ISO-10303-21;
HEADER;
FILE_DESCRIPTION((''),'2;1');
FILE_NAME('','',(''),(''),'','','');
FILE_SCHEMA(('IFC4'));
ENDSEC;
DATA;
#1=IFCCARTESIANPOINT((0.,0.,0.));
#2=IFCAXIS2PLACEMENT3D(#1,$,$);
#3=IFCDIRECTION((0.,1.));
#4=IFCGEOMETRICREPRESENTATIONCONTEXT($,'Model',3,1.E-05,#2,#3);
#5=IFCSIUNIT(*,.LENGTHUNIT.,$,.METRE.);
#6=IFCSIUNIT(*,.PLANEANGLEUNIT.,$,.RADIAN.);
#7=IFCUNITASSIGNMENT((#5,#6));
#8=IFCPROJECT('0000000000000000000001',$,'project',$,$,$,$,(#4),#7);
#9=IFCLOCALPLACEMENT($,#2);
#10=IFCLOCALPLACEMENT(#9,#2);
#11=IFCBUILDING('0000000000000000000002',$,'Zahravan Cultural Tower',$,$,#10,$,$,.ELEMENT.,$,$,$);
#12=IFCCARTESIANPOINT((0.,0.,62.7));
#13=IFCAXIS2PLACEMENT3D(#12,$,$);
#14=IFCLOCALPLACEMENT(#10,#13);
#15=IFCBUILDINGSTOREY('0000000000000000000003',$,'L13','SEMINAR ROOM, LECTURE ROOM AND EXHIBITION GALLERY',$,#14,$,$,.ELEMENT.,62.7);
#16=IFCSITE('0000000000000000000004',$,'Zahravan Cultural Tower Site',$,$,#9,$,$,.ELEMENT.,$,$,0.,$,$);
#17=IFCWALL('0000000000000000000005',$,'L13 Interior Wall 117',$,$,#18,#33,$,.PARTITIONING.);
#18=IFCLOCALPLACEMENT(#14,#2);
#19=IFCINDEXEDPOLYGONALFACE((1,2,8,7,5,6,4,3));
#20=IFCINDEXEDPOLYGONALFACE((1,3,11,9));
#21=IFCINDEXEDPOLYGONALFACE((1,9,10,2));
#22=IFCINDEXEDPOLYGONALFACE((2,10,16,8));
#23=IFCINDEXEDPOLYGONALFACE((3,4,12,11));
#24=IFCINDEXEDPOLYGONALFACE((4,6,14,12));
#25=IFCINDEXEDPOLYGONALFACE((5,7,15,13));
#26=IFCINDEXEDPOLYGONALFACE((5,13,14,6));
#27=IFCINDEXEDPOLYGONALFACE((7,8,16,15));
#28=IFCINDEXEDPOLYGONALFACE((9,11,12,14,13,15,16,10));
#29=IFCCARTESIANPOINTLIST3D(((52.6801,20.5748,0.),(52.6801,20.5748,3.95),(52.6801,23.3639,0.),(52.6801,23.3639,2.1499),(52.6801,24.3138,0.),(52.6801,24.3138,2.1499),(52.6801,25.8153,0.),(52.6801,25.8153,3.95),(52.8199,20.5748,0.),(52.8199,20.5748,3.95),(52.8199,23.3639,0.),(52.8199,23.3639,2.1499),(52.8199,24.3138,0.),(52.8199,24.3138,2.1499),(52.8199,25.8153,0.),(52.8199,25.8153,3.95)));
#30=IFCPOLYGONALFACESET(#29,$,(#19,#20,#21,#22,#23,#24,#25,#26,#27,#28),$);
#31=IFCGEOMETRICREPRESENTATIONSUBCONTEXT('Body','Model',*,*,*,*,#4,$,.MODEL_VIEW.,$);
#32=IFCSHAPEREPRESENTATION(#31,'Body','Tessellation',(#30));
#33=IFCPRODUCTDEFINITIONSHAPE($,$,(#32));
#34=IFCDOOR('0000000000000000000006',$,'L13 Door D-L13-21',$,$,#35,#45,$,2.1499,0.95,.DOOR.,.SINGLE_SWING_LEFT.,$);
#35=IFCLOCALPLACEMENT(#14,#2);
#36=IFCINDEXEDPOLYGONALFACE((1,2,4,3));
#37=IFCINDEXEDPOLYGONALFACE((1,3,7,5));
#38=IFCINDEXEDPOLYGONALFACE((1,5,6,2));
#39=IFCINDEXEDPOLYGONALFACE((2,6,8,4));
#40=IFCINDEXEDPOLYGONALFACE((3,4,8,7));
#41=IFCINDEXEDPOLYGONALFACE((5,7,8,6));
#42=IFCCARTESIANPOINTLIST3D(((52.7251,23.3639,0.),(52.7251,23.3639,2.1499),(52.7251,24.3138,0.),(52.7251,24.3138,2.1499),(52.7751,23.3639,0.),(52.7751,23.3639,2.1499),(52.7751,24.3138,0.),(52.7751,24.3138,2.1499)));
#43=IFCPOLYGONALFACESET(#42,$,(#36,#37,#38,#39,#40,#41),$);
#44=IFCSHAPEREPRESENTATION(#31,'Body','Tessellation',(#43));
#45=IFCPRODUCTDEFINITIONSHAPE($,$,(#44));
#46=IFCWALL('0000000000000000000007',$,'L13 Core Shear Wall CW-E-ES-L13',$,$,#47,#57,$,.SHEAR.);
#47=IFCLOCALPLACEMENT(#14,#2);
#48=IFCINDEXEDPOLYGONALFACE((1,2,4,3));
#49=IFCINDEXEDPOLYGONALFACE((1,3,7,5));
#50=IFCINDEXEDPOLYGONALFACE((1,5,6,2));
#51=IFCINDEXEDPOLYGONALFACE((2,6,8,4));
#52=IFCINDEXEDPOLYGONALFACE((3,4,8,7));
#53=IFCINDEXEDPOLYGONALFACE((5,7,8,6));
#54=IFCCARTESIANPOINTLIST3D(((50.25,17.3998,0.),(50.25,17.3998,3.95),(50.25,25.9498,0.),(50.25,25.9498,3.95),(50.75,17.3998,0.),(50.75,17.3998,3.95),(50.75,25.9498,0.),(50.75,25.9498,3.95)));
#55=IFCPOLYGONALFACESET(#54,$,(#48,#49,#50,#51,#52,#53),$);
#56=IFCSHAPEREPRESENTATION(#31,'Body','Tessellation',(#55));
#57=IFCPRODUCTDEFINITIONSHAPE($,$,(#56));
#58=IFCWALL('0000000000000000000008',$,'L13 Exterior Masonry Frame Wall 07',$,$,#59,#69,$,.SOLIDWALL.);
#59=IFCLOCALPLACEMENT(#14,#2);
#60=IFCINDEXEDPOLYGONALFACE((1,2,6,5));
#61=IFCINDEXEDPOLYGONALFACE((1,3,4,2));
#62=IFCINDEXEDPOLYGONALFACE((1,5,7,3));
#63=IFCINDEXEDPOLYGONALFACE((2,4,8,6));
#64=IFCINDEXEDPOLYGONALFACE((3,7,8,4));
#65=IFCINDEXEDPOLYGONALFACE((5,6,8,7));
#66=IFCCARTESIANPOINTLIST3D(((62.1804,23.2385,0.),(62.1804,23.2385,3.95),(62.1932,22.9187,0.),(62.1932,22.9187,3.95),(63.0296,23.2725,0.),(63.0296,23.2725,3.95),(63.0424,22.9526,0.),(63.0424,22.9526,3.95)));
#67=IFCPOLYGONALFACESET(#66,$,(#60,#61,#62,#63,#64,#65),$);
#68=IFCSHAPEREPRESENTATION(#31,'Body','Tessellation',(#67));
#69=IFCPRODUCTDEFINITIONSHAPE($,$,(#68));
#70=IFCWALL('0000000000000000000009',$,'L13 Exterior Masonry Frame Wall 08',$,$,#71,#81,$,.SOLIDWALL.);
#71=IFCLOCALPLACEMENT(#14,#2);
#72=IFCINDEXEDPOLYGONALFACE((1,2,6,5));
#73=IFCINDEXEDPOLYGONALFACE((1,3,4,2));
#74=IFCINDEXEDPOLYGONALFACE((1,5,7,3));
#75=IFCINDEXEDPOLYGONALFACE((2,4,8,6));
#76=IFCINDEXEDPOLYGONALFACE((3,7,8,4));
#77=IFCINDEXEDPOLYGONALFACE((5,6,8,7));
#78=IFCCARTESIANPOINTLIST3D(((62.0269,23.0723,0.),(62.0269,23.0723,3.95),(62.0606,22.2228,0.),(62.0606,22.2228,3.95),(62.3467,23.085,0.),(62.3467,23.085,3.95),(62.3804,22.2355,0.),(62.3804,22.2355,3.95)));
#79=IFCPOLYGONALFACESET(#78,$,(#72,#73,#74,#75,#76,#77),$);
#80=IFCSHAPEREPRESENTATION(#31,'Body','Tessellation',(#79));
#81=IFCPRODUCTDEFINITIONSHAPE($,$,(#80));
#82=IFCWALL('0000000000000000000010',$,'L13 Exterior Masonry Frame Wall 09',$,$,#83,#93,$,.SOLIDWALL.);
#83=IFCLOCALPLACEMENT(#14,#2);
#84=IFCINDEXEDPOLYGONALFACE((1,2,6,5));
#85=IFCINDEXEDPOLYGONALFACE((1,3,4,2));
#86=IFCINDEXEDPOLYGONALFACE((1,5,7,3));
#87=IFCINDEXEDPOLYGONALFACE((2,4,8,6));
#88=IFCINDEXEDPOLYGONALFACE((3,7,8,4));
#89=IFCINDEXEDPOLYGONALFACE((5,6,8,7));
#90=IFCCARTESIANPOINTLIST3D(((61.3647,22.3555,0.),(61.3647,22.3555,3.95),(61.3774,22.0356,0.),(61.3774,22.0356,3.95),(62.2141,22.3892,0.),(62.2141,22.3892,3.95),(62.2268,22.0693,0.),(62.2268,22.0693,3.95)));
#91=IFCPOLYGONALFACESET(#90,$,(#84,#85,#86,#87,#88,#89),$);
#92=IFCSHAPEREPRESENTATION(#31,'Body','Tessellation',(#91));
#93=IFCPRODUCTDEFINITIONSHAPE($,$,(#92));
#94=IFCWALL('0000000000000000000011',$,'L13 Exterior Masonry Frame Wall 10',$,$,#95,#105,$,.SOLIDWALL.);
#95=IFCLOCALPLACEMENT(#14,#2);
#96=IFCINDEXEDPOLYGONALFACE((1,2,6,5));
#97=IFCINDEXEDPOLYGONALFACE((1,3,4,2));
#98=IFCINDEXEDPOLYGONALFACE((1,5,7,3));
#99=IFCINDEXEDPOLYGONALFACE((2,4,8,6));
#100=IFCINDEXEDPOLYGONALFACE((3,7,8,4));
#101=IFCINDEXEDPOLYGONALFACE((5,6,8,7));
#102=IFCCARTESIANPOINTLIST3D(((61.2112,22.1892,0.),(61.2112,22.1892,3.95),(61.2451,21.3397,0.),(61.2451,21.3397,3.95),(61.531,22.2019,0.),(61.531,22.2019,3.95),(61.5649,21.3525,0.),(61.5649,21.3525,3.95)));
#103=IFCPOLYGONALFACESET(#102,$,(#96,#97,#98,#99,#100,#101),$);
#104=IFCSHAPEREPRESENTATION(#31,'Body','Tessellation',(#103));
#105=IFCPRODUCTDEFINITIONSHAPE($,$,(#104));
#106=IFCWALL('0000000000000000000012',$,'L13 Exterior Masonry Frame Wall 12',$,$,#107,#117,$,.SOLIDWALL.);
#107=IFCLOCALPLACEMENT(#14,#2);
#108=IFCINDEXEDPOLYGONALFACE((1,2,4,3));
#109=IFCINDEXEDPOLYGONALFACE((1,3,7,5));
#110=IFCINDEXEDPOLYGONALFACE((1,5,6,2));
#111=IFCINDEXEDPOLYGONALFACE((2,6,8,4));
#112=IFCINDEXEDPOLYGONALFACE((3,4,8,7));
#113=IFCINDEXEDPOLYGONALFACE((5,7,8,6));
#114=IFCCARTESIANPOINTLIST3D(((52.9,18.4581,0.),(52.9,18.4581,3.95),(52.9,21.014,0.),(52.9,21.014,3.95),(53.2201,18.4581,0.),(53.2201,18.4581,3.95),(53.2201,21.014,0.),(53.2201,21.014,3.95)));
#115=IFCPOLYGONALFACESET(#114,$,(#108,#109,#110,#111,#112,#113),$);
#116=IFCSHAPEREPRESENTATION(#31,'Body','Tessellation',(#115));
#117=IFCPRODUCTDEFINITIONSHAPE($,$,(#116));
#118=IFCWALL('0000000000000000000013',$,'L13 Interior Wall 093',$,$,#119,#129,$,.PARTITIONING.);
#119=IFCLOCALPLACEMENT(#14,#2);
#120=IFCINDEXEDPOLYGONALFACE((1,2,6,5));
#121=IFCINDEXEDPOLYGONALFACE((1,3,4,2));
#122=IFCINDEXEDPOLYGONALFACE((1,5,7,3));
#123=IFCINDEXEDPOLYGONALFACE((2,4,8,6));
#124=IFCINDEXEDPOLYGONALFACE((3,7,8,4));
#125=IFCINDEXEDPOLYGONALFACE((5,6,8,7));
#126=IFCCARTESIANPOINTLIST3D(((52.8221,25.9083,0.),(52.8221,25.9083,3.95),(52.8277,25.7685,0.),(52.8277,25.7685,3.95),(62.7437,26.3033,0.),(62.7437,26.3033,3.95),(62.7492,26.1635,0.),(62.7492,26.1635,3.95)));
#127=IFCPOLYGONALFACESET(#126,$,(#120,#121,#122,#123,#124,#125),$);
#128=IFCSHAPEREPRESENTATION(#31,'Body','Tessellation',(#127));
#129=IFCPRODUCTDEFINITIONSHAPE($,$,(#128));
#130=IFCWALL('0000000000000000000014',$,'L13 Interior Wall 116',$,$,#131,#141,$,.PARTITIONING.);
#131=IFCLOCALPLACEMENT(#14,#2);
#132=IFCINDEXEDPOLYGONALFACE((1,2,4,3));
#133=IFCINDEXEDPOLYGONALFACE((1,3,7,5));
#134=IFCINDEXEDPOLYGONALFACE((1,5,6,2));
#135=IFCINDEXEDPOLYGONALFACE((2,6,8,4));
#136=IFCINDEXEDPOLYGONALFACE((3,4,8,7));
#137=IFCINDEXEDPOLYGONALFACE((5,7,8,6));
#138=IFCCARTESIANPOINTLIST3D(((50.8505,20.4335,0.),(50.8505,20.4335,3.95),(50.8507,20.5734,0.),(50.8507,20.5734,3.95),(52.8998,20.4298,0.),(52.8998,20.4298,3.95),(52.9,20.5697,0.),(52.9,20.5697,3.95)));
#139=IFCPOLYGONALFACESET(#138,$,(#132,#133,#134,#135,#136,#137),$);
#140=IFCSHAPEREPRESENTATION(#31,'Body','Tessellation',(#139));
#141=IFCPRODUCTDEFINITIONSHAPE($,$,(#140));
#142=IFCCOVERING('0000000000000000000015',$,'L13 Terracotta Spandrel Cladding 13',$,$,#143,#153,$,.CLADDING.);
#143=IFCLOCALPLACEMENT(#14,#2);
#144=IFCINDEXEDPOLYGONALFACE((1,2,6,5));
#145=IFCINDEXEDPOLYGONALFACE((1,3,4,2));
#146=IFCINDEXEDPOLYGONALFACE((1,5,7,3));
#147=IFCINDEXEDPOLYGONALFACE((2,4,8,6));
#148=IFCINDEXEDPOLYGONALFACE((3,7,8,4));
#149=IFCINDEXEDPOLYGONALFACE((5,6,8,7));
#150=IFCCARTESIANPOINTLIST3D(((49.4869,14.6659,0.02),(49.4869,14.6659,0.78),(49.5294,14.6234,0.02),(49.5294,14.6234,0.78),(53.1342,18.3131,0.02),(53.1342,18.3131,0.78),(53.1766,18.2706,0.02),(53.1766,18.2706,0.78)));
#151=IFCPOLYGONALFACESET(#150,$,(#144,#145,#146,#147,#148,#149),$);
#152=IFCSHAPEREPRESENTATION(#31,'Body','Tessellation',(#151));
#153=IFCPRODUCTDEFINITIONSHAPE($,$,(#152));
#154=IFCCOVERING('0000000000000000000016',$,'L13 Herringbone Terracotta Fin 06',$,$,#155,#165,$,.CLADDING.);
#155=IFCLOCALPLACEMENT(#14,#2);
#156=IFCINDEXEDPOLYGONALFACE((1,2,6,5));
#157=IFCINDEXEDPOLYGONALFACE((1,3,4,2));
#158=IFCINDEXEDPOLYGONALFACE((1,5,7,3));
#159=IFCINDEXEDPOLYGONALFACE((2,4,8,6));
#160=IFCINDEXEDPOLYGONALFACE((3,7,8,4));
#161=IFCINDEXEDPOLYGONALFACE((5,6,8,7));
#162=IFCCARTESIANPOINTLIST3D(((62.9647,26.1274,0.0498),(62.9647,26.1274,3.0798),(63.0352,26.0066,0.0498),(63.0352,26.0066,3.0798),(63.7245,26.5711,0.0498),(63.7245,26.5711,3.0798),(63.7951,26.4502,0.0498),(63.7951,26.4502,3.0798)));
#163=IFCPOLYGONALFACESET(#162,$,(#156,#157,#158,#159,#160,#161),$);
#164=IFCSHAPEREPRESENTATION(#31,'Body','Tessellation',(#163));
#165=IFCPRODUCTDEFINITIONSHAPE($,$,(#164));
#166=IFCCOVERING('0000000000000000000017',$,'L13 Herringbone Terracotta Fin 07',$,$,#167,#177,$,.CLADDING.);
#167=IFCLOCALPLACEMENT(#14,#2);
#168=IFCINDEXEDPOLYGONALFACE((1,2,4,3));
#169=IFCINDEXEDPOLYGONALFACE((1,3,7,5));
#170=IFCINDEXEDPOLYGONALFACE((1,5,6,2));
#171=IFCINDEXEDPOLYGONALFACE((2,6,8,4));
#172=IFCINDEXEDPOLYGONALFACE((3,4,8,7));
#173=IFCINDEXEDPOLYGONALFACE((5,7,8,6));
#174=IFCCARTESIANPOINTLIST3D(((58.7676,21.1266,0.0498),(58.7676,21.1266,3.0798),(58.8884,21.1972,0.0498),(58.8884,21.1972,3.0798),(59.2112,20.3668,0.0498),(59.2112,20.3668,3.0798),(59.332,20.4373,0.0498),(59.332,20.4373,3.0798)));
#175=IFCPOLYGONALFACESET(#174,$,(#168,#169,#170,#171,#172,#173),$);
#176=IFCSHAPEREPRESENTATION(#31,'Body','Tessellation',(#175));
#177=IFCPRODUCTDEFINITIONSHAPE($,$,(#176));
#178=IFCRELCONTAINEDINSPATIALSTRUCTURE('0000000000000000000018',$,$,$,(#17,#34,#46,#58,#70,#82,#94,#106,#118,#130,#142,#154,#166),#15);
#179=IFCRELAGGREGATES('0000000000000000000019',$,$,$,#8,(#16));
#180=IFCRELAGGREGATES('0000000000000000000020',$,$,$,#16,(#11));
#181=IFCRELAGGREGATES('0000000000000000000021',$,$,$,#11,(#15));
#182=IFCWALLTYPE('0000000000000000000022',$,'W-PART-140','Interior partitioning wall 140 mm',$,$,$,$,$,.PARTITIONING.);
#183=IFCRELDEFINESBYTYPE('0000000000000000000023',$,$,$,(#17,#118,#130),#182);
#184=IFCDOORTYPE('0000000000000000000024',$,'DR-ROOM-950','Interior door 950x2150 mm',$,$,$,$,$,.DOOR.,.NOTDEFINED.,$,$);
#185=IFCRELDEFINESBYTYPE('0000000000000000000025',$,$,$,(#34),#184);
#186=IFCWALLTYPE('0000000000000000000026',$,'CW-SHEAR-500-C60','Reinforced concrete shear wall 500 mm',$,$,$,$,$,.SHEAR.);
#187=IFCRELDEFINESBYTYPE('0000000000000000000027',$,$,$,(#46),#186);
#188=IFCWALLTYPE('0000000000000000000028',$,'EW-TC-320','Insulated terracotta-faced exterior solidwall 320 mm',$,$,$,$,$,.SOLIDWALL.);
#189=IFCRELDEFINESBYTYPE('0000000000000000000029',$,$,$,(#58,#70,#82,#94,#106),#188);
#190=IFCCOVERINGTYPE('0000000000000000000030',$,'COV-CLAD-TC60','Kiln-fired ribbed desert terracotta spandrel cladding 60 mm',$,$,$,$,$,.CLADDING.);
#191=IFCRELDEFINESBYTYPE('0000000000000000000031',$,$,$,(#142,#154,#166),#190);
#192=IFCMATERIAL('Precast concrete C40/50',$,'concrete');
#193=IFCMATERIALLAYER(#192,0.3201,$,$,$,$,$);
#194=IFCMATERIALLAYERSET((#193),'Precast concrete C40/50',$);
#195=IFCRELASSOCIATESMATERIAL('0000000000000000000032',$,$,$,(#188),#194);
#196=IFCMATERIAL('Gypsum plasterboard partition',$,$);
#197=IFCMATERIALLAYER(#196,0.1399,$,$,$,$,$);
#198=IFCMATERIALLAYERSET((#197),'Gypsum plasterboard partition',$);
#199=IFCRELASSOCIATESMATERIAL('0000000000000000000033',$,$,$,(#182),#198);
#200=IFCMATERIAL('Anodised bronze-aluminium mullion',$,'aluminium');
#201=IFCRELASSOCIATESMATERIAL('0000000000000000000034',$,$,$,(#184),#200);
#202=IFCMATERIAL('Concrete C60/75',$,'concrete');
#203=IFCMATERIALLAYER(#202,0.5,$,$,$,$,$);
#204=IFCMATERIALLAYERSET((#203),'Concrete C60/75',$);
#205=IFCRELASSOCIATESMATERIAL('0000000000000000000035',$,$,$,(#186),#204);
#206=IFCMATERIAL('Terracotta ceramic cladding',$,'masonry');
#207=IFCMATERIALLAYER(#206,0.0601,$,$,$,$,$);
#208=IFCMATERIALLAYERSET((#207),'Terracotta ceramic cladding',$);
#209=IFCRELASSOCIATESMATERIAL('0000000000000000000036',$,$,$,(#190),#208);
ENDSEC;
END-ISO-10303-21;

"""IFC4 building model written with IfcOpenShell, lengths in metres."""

from ifc_helpers import new_model, si_unit, direction, frame, frame_2d, origin, origin_2d, place, context, subcontext, project, spatial, rectangle, extrude, source, transform, mapped, material, layer, layer_set, type_object, element, fill, save


model = new_model("IFC4")

# Units and contexts
model_context = context("Model", 3, precision=1e-05, world=origin(), true_north=direction((0.0, 1.0)))
body_context = subcontext(model_context, "Body", "Model", "MODEL_VIEW")
ifc_project = project(units=[si_unit("LENGTHUNIT", "METRE"), si_unit("PLANEANGLEUNIT", "RADIAN")], contexts=[model_context])

# Site, building, storey
site_placement = place(None, origin())
site = spatial("IfcSite", under=ifc_project, at=site_placement, Name="Zahravan Cultural Tower Site", CompositionType="ELEMENT", RefElevation=0.0)
building_placement = place(site_placement, origin())
building = spatial("IfcBuilding", under=site, at=building_placement, Name="Zahravan Cultural Tower", CompositionType="ELEMENT")
storey_placement = place(building_placement, frame((0.0, 0.0, 62.7)))
storey = spatial("IfcBuildingStorey", under=building, at=storey_placement, Name="L13", Description="SEMINAR ROOM, LECTURE ROOM AND EXHIBITION GALLERY", CompositionType="ELEMENT", Elevation=62.7)

# Shared definitions
ifc_material_1 = material(Name="Precast concrete C40/50", Category="concrete")
ifc_layer_1 = layer(ifc_material_1, 0.3201)
ifc_layer_set_1 = layer_set([ifc_layer_1], Name="Precast concrete C40/50")
wall_type_1 = type_object("IfcWallType", Name="EW-TC-320", Description="Insulated terracotta-faced exterior solidwall 320 mm", PredefinedType="SOLIDWALL", material=ifc_layer_set_1)

# Wall, opening, door
ifc_material_2 = material(Name="Gypsum plasterboard partition")
ifc_layer_2 = layer(ifc_material_2, 0.1399)
ifc_layer_set_2 = layer_set([ifc_layer_2], Name="Gypsum plasterboard partition")
wall_type_2 = type_object("IfcWallType", Name="W-PART-140", Description="Interior partitioning wall 140 mm", PredefinedType="PARTITIONING", material=ifc_layer_set_2)
ifc_material_3 = material(Name="Anodised bronze-aluminium mullion", Category="aluminium")
door_type = type_object("IfcDoorType", Name="DR-ROOM-950", Description="Interior door 950x2150 mm", OperationType="NOTDEFINED", PredefinedType="DOOR", material=ifc_material_3)
shared_shape_1 = source(origin(), body_context, "Body", "SweptSolid", [
    extrude(rectangle(XDim=0.95, YDim=2.1499, at=frame_2d((0.4751, 1.075))), frame((0.0, 0.0249, 0.0), z_axis=(0.0, -1.0, 0.0), x_axis=(1.0, 0.0, 0.0)), (0.0, 0.0, 1.0), 0.05),
])
wall_1_placement = place(storey_placement, frame((52.75, 20.575, 0.0), z_axis=(0.0, 0.0, 1.0), x_axis=(0.0, 1.0, 0.0)))
wall_1 = element("IfcWall", 1, at=wall_1_placement, inside=storey, type_object=wall_type_2, Name="L13 Interior Wall 117", PredefinedType="PARTITIONING", context=body_context, shape_type="SweptSolid", body=[
    extrude(rectangle(XDim=5.2405, YDim=0.1399, at=frame_2d((2.6201, 0.0))), origin(), (0.0, 0.0, 1.0), 3.95),
])
opening_1_placement = place(wall_1_placement, frame((2.7888, 0.0, 0.0)))
opening_1 = element("IfcOpeningElement", 2, at=opening_1_placement, cuts=wall_1, PredefinedType="OPENING", context=body_context, shape_type="SweptSolid", body=[
    extrude(rectangle(XDim=0.95, YDim=2.1499, at=frame_2d((0.4751, 1.075))), frame((0.0, 0.0798, 0.0), z_axis=(0.0, -1.0, 0.0), x_axis=(1.0, 0.0, 0.0)), (0.0, 0.0, 1.0), 0.1599),
])
door_1_placement = place(opening_1_placement, origin())
door_1 = element("IfcDoor", 3, at=door_1_placement, inside=storey, type_object=door_type, Name="L13 Door D-L13-21", OperationType="SINGLE_SWING_LEFT", OverallHeight=2.1499, OverallWidth=0.95, PredefinedType="DOOR", context=body_context, shape_type="MappedRepresentation", body=[
    mapped(shared_shape_1, transform((0.0, 0.0, 0.0), x_axis=(1.0, 0.0, 0.0), y_axis=(0.0, 1.0, 0.0), z_axis=(0.0, 0.0, 1.0), scale=1.0)),
])
fill(opening_1, door_1)

# Walls
ifc_material_4 = material(Name="Concrete C60/75", Category="concrete")
ifc_layer_3 = layer(ifc_material_4, 0.5)
ifc_layer_set_3 = layer_set([ifc_layer_3], Name="Concrete C60/75")
wall_type_3 = type_object("IfcWallType", Name="CW-SHEAR-500-C60", Description="Reinforced concrete shear wall 500 mm", PredefinedType="SHEAR", material=ifc_layer_set_3)
shared_shape_2 = source(origin(), body_context, "Body", "SweptSolid", [
    extrude(rectangle(XDim=8.55, YDim=0.5, at=frame_2d((4.2749, 0.0))), origin(), (0.0, 0.0, 1.0), 3.95),
])
wall_2_placement = place(storey_placement, frame((50.5, 17.3999, 0.0), z_axis=(0.0, 0.0, 1.0), x_axis=(0.0, 1.0, 0.0)))
element("IfcWall", 4, at=wall_2_placement, inside=storey, type_object=wall_type_3, Name="L13 Core Shear Wall CW-E-ES-L13", PredefinedType="SHEAR", context=body_context, shape_type="MappedRepresentation", body=[
    mapped(shared_shape_2, transform((0.0, 0.0, 0.0), x_axis=(1.0, 0.0, 0.0), y_axis=(0.0, 1.0, 0.0), z_axis=(0.0, 0.0, 1.0), scale=1.0)),
])
shared_shape_3 = source(origin(), body_context, "Body", "SweptSolid", [
    extrude(rectangle(XDim=0.8499, YDim=0.3201, at=frame_2d((0.4248, 0.0))), origin(), (0.0, 0.0, 1.0), 3.95),
])
wall_3_placement = place(storey_placement, frame((63.0359, 23.1125, 0.0), z_axis=(0.0, 0.0, 1.0), x_axis=(-0.999202, -0.039934, 0.0)))
element("IfcWall", 5, at=wall_3_placement, inside=storey, type_object=wall_type_1, Name="L13 Exterior Masonry Frame Wall 07", PredefinedType="SOLIDWALL", context=body_context, shape_type="MappedRepresentation", body=[
    mapped(shared_shape_3, transform((0.0, 0.0, 0.0), x_axis=(1.0, 0.0, 0.0), y_axis=(0.0, 1.0, 0.0), z_axis=(0.0, 0.0, 1.0), scale=1.0)),
])
shared_shape_4 = source(origin(), body_context, "Body", "SweptSolid", [
    extrude(rectangle(XDim=0.8501, YDim=0.3201, at=frame_2d((0.425, 0.0))), origin(), (0.0, 0.0, 1.0), 3.95),
])
for number, where, z_axis, x_axis, name in (
    (6, (62.1868, 23.0786, 0.0), (0.0, 0.0, 1.0), (0.039635, -0.999214, 0.0), "L13 Exterior Masonry Frame Wall 08"),
    (7, (62.2205, 22.2292, 0.0), (0.0, 0.0, 1.0), (-0.999214, -0.039635, 0.0), "L13 Exterior Masonry Frame Wall 09"),
    (8, (61.3711, 22.1956, 0.0), (0.0, 0.0, 1.0), (0.039922, -0.999203, 0.0), "L13 Exterior Masonry Frame Wall 10"),
):
    element("IfcWall", number, at=place(storey_placement, frame(where, z_axis=z_axis, x_axis=x_axis)), inside=storey, type_object=wall_type_1, Name=name, PredefinedType="SOLIDWALL", context=body_context, shape_type="MappedRepresentation", body=[
        mapped(shared_shape_4, transform((0.0, 0.0, 0.0), x_axis=(1.0, 0.0, 0.0), y_axis=(0.0, 1.0, 0.0), z_axis=(0.0, 0.0, 1.0), scale=1.0)),
    ])
shared_shape_5 = source(origin(), body_context, "Body", "SweptSolid", [
    extrude(rectangle(XDim=2.5559, YDim=0.3201, at=frame_2d((1.2778, 0.0))), origin(), (0.0, 0.0, 1.0), 3.95),
])
wall_4_placement = place(storey_placement, frame((53.0601, 21.0139, 0.0), z_axis=(0.0, 0.0, 1.0), x_axis=(0.0, -1.0, 0.0)))
element("IfcWall", 9, at=wall_4_placement, inside=storey, type_object=wall_type_1, Name="L13 Exterior Masonry Frame Wall 12", PredefinedType="SOLIDWALL", context=body_context, shape_type="MappedRepresentation", body=[
    mapped(shared_shape_5, transform((0.0, 0.0, 0.0), x_axis=(1.0, 0.0, 0.0), y_axis=(0.0, 1.0, 0.0), z_axis=(0.0, 0.0, 1.0), scale=1.0)),
])
shared_shape_6 = source(origin(), body_context, "Body", "SweptSolid", [
    extrude(rectangle(XDim=9.9294, YDim=0.1399, at=frame_2d((4.9648, 0.0))), origin(), (0.0, 0.0, 1.0), 3.95),
])
wall_5_placement = place(storey_placement, frame((62.7466, 26.2334, 0.0), z_axis=(0.0, 0.0, 1.0), x_axis=(-0.999208, -0.039782, 0.0)))
element("IfcWall", 10, at=wall_5_placement, inside=storey, type_object=wall_type_2, Name="L13 Interior Wall 093", PredefinedType="PARTITIONING", context=body_context, shape_type="MappedRepresentation", body=[
    mapped(shared_shape_6, transform((0.0, 0.0, 0.0), x_axis=(1.0, 0.0, 0.0), y_axis=(0.0, 1.0, 0.0), z_axis=(0.0, 0.0, 1.0), scale=1.0)),
])
shared_shape_7 = source(origin(), body_context, "Body", "SweptSolid", [
    extrude(rectangle(XDim=2.0493, YDim=0.1399, at=frame_2d((1.0247, 0.0))), origin(), (0.0, 0.0, 1.0), 3.95),
])
wall_6_placement = place(storey_placement, frame((50.8506, 20.5034, 0.0), z_axis=(0.0, 0.0, 1.0), x_axis=(0.999998, -0.001787, 0.0)))
element("IfcWall", 11, at=wall_6_placement, inside=storey, type_object=wall_type_2, Name="L13 Interior Wall 116", PredefinedType="PARTITIONING", context=body_context, shape_type="MappedRepresentation", body=[
    mapped(shared_shape_7, transform((0.0, 0.0, 0.0), x_axis=(1.0, 0.0, 0.0), y_axis=(0.0, 1.0, 0.0), z_axis=(0.0, 0.0, 1.0), scale=1.0)),
])

# Coverings
ifc_material_5 = material(Name="Terracotta ceramic cladding", Category="masonry")
ifc_layer_4 = layer(ifc_material_5, 0.0601)
ifc_layer_set_4 = layer_set([ifc_layer_4], Name="Terracotta ceramic cladding")
covering_type = type_object("IfcCoveringType", Name="COV-CLAD-TC60", Description="Kiln-fired ribbed desert terracotta spandrel cladding 60 mm", PredefinedType="CLADDING", material=ifc_layer_set_4)
shared_shape_8 = source(origin(), body_context, "Body", "SweptSolid", [
    extrude(rectangle(XDim=5.158, YDim=0.0601, at=origin_2d()), origin(), (0.0, 0.0, 1.0), 0.76),
])
covering_1_placement = place(storey_placement, frame((51.3318, 16.4683, 0.02), z_axis=(0.0, 0.0, 1.0), x_axis=(-0.707107, -0.707107, 0.0)))
element("IfcCovering", 12, at=covering_1_placement, inside=storey, type_object=covering_type, Name="L13 Terracotta Spandrel Cladding 13", PredefinedType="CLADDING", context=body_context, shape_type="MappedRepresentation", body=[
    mapped(shared_shape_8, transform((0.0, 0.0, 0.0), x_axis=(1.0, 0.0, 0.0), y_axis=(0.0, 1.0, 0.0), z_axis=(0.0, 0.0, 1.0), scale=1.0)),
])
shared_shape_9 = source(origin(), body_context, "Body", "SweptSolid", [
    extrude(rectangle(XDim=0.8799, YDim=0.1399, at=origin_2d()), origin(), (0.0, 0.0, 1.0), 3.03),
])
for number, where, z_axis, x_axis, name in (
    (13, (63.3799, 26.2888, 0.0498), (0.0, 0.0, 1.0), (0.863572, 0.504226, 0.0), "L13 Herringbone Terracotta Fin 06"),
    (14, (59.0498, 20.782, 0.0498), (0.0, 0.0, 1.0), (0.504226, -0.863572, 0.0), "L13 Herringbone Terracotta Fin 07"),
):
    element("IfcCovering", number, at=place(storey_placement, frame(where, z_axis=z_axis, x_axis=x_axis)), inside=storey, type_object=covering_type, Name=name, PredefinedType="CLADDING", context=body_context, shape_type="MappedRepresentation", body=[
        mapped(shared_shape_9, transform((0.0, 0.0, 0.0), x_axis=(1.0, 0.0, 0.0), y_axis=(0.0, 1.0, 0.0), z_axis=(0.0, 0.0, 1.0), scale=1.0)),
    ])

save(model, "model.ifc")
